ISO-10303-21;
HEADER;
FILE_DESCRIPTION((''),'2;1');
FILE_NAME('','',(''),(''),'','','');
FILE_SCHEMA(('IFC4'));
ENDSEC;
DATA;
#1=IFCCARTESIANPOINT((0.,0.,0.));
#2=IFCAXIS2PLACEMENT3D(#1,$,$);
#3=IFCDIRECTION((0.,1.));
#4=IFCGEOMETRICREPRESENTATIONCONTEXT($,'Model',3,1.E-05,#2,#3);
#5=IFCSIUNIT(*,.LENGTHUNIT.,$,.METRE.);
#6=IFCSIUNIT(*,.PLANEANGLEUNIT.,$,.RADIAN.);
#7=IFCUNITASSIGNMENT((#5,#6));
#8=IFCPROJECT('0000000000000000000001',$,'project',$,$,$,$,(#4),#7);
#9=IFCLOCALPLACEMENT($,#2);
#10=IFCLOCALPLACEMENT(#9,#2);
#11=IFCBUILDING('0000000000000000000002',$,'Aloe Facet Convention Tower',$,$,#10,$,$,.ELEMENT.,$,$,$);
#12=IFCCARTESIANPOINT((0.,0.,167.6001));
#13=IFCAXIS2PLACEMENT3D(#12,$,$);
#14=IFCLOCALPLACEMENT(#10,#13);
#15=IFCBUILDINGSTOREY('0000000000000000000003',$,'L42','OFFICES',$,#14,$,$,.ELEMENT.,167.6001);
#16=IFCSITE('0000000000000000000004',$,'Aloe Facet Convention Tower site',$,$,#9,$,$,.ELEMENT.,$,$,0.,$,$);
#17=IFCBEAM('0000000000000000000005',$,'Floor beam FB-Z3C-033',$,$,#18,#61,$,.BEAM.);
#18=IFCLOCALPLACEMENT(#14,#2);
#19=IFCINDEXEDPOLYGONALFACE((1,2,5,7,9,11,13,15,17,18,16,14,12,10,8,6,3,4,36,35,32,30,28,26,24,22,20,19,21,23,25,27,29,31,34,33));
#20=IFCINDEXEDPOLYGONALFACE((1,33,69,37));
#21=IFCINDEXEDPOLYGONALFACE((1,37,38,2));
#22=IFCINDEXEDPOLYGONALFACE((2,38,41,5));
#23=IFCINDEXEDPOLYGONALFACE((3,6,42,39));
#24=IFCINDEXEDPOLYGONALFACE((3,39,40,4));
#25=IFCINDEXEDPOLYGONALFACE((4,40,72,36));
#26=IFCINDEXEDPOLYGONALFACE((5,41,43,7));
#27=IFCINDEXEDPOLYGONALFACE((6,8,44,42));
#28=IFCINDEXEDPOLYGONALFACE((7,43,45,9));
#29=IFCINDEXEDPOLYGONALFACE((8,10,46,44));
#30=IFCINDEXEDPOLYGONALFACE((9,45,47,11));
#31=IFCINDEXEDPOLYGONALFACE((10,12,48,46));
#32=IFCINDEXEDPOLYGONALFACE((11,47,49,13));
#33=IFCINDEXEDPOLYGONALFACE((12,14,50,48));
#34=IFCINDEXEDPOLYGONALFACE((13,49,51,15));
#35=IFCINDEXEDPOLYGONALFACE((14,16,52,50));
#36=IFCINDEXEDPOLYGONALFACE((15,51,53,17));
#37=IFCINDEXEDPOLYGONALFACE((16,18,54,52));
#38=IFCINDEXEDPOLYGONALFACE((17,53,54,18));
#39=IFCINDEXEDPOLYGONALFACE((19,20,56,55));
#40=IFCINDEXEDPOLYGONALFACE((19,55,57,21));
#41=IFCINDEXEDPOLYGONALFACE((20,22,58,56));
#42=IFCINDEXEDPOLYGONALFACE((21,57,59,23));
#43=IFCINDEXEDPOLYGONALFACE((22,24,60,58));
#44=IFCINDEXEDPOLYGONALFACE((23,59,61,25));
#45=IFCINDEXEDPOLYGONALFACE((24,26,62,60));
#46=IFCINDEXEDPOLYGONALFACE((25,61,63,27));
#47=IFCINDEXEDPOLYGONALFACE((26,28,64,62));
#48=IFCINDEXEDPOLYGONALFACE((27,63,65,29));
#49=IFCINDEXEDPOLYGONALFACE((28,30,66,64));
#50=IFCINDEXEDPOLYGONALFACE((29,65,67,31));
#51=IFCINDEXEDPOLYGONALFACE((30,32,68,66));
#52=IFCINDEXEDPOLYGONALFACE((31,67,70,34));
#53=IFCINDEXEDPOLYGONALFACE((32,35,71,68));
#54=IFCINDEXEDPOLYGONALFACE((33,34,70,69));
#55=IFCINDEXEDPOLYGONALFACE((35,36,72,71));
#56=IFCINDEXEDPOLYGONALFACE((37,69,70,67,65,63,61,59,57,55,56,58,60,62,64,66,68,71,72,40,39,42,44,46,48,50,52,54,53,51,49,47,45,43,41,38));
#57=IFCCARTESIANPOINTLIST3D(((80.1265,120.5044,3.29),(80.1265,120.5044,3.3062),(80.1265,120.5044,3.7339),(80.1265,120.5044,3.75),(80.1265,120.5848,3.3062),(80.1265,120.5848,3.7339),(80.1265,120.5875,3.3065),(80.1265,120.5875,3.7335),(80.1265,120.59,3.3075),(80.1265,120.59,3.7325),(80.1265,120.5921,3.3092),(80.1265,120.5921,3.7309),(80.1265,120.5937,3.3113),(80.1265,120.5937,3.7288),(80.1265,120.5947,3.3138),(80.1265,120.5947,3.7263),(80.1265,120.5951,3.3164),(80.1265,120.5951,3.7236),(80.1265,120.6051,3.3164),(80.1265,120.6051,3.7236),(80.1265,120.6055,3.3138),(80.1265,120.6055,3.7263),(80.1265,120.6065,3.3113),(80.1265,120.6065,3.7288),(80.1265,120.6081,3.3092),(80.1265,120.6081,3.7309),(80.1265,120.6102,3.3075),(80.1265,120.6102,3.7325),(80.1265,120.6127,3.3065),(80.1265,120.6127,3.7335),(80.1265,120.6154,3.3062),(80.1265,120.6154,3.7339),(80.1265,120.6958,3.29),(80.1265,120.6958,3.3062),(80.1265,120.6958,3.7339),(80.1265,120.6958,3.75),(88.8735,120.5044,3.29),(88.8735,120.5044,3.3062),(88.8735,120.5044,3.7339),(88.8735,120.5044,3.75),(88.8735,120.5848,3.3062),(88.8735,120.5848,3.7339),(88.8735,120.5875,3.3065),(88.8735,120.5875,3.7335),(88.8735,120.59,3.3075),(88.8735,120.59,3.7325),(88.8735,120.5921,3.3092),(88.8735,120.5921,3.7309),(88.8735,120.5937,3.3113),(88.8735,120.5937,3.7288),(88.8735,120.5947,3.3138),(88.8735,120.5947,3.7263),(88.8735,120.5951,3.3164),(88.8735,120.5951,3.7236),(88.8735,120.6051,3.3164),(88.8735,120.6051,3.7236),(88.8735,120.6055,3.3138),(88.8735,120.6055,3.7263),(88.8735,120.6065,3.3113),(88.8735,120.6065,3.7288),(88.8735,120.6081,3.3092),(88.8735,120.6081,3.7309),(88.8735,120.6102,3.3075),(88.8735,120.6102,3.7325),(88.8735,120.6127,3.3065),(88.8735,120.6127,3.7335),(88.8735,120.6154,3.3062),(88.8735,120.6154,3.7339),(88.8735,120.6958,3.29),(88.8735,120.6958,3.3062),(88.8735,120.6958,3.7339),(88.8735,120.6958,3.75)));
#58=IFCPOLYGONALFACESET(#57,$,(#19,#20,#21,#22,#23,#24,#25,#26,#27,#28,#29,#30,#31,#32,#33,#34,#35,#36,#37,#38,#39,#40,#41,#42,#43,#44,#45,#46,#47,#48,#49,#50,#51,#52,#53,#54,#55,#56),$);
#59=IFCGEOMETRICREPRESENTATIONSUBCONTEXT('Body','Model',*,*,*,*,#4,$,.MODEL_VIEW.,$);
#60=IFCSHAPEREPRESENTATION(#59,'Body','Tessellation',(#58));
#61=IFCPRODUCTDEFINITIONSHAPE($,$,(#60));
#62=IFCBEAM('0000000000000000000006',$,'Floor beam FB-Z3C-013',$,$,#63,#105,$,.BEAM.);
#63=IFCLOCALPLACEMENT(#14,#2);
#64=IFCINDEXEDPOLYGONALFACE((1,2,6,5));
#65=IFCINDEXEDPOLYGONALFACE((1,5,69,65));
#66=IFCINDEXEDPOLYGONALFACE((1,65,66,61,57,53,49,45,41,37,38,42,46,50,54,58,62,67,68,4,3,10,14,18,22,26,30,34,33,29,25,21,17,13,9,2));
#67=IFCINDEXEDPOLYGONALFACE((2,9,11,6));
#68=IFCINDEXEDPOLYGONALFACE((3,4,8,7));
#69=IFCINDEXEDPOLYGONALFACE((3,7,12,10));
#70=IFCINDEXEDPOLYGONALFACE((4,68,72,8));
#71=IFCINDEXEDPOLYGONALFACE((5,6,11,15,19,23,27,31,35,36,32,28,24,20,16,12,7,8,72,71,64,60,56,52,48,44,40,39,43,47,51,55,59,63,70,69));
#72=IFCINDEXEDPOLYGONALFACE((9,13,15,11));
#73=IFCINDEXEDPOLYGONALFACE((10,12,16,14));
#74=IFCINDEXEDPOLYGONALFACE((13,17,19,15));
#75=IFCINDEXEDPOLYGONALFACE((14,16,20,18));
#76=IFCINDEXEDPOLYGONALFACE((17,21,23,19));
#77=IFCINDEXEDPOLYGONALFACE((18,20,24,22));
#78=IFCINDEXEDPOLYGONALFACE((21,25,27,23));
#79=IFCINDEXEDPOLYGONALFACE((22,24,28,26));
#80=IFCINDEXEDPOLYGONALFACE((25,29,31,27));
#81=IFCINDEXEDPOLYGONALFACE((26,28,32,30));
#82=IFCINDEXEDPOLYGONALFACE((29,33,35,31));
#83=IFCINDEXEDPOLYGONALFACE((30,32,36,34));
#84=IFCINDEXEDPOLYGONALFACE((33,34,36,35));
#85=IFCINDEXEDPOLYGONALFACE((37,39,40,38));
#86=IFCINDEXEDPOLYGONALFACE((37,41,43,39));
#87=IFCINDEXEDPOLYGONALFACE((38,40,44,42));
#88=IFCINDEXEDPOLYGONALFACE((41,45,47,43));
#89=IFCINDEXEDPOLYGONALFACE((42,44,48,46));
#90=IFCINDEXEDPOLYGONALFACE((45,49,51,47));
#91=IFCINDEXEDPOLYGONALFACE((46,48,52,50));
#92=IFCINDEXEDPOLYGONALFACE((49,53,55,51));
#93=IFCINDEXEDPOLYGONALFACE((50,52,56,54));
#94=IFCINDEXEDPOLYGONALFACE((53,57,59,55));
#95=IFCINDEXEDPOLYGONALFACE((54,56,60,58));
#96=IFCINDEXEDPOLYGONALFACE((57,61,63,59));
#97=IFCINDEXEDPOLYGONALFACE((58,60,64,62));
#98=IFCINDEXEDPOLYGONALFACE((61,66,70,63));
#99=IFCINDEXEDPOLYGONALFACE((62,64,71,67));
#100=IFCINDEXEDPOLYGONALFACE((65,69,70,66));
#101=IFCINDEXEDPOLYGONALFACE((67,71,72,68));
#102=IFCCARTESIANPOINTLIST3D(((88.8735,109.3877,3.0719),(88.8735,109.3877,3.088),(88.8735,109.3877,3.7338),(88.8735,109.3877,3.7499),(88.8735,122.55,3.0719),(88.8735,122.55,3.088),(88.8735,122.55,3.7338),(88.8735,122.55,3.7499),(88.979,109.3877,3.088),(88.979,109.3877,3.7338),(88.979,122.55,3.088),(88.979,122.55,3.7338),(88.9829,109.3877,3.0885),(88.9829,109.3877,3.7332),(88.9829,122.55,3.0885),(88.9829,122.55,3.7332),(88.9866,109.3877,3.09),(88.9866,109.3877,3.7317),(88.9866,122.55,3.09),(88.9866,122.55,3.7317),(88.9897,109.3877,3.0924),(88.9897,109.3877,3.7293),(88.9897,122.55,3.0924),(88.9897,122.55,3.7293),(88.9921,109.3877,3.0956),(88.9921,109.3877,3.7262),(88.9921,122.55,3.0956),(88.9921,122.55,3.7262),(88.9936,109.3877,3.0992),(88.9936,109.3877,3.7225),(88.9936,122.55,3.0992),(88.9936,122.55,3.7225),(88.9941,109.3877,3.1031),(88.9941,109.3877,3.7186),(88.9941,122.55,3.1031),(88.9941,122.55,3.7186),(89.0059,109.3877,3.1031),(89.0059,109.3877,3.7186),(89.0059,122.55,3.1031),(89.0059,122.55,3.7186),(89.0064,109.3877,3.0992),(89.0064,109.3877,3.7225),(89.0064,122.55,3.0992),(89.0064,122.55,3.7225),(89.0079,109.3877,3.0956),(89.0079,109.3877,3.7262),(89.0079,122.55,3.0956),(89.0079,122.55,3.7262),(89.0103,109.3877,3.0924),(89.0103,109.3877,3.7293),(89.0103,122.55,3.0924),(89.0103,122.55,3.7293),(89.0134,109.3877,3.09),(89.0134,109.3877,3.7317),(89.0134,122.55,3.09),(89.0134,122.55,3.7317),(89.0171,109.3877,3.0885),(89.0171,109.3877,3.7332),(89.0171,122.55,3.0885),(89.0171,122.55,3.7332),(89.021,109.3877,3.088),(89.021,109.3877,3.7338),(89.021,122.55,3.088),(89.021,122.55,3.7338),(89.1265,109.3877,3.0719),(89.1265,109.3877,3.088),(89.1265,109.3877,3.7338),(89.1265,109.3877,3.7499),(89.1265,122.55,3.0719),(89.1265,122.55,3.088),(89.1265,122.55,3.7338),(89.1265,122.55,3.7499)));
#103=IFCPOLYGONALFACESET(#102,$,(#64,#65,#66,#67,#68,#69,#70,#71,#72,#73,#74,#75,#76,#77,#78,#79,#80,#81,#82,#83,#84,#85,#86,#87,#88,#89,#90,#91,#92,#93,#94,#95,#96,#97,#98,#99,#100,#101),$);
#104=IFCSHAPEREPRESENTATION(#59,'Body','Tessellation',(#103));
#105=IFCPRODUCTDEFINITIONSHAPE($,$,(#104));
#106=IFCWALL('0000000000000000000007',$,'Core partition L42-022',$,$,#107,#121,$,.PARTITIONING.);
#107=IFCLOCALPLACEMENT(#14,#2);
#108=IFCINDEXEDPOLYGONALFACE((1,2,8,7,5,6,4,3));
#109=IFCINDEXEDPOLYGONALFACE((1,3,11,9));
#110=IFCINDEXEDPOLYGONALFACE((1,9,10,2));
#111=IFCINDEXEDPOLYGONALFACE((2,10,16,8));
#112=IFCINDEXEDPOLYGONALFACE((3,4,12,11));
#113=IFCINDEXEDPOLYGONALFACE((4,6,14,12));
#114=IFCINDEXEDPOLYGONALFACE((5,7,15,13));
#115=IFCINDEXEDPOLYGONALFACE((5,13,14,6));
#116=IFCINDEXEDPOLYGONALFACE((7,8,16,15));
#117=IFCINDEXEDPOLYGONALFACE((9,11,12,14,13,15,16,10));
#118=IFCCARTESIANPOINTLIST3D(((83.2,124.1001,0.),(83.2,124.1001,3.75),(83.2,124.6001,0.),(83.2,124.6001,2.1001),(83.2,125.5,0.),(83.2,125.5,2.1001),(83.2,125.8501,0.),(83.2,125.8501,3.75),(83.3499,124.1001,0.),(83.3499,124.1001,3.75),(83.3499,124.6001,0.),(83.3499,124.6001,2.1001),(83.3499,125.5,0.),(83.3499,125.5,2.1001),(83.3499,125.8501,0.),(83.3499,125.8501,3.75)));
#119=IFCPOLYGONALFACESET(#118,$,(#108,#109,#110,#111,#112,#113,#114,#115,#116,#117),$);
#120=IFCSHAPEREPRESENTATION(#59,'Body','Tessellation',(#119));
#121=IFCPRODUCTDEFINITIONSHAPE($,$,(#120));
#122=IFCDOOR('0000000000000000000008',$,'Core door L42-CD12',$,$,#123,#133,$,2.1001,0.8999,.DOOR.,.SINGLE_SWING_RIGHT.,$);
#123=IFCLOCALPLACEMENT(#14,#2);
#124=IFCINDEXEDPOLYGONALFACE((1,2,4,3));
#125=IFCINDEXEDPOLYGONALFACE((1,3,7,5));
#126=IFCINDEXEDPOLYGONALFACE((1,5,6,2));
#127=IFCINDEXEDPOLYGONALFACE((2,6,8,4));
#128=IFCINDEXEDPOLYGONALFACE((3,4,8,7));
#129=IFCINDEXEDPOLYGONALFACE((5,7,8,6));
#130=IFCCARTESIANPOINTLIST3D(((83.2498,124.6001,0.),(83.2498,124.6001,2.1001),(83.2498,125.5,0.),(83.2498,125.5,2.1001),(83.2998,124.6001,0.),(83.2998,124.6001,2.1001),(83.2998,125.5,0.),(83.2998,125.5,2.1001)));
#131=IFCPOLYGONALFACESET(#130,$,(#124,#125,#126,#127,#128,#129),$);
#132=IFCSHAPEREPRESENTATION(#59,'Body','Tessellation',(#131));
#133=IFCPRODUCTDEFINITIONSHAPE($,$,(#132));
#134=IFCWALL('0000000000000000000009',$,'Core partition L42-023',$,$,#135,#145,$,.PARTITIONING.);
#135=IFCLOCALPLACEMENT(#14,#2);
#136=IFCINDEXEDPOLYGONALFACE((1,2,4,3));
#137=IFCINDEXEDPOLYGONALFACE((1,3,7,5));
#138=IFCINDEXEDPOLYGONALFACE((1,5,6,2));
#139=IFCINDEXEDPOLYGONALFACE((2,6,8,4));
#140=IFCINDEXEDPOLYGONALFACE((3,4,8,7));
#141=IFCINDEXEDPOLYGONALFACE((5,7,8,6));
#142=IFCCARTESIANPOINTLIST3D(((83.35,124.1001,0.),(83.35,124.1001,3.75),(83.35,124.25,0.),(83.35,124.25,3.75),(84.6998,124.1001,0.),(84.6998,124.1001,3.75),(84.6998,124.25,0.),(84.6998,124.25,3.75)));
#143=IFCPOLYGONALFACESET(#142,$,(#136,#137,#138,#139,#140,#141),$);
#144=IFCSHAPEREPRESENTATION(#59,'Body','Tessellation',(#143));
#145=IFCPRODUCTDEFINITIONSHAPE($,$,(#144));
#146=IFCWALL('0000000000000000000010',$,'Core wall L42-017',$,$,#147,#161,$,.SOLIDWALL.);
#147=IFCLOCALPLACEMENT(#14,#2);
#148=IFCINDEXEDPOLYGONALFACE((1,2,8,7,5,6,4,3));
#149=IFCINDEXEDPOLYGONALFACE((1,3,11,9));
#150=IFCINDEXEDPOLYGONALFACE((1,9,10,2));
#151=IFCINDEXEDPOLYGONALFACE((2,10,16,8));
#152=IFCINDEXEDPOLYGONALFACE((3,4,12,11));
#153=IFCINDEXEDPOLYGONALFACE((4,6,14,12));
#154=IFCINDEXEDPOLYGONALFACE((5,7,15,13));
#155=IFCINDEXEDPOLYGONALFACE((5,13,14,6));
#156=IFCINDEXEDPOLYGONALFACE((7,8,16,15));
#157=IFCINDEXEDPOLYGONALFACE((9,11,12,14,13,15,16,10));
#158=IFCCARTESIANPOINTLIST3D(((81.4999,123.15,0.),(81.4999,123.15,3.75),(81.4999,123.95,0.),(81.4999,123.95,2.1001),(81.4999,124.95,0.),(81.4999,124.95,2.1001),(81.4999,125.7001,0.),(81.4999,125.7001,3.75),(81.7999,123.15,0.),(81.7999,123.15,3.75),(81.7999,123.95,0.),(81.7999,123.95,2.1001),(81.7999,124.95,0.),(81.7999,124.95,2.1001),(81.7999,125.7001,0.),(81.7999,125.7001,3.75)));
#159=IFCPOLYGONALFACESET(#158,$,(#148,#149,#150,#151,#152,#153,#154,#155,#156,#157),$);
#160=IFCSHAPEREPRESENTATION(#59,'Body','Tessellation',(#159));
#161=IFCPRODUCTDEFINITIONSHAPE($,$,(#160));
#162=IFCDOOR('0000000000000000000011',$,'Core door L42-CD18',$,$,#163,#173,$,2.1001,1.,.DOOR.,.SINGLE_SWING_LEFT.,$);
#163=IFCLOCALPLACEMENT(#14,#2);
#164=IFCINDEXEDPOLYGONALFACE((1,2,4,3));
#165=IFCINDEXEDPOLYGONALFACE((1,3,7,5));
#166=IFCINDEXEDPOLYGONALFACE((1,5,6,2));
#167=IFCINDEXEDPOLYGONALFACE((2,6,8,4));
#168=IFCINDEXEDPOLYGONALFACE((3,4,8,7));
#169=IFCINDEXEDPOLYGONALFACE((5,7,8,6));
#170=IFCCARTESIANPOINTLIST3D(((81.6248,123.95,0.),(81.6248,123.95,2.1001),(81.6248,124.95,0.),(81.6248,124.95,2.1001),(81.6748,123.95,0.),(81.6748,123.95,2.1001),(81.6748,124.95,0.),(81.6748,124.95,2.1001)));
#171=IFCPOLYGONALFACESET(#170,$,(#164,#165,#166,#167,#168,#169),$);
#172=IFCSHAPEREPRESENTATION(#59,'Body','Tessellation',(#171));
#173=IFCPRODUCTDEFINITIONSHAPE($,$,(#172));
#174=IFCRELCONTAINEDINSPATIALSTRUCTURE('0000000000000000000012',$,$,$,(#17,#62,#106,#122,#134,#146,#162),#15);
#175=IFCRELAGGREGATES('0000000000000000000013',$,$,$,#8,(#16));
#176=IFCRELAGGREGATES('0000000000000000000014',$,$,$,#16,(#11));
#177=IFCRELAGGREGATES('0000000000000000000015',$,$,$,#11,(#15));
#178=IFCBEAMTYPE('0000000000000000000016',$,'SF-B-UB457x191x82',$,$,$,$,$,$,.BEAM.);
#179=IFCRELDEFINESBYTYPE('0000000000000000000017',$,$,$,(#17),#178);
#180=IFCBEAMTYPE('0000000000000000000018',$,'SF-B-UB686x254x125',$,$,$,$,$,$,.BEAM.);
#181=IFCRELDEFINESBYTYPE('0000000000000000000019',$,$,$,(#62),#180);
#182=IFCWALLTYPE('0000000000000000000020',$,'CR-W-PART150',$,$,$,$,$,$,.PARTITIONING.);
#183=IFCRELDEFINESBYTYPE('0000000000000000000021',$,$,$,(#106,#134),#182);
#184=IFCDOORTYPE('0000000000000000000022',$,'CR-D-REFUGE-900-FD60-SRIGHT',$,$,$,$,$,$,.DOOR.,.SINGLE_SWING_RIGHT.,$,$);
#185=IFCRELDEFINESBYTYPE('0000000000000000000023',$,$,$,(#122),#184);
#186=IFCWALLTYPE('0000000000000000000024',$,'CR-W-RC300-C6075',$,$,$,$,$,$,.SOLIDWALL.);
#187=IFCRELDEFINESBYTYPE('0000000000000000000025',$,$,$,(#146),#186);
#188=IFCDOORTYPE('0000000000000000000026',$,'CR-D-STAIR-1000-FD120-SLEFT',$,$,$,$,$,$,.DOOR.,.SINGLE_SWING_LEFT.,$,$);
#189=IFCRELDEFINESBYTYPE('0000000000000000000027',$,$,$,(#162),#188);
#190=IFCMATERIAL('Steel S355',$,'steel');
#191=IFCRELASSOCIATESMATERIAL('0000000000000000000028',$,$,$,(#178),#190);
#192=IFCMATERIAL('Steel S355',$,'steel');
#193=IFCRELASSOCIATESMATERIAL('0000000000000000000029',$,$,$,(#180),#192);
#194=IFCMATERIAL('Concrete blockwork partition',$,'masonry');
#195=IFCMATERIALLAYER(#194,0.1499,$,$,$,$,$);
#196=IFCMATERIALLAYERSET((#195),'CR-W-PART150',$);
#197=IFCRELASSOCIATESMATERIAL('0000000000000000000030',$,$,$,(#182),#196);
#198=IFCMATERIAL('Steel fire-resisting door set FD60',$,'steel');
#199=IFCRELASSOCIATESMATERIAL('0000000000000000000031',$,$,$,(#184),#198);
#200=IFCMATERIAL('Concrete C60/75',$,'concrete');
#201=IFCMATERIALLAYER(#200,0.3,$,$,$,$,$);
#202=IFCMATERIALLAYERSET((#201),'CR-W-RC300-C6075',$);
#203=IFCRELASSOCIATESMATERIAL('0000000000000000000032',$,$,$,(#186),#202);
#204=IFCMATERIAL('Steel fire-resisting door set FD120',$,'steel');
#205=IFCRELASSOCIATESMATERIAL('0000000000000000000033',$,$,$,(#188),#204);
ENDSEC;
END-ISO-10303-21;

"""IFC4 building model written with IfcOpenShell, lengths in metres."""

from ifc_helpers import new_model, si_unit, direction, frame, frame_2d, origin, origin_2d, place, context, subcontext, project, spatial, rectangle, i_section, extrude, material, layer, layer_set, material_profile, profile_set, type_object, element, fill, save


model = new_model("IFC4")

# Units and contexts
model_context = context("Model", 3, precision=1e-05, world=origin(), true_north=direction((0.0, 1.0)))
body_context = subcontext(model_context, "Body", "Model", "MODEL_VIEW")
ifc_project = project(units=[si_unit("LENGTHUNIT", "METRE"), si_unit("PLANEANGLEUNIT", "RADIAN")], contexts=[model_context])

# Site, building, storey
site_placement = place(None, origin())
site = spatial("IfcSite", under=ifc_project, at=site_placement, Name="Aloe Facet Convention Tower site", CompositionType="ELEMENT", RefElevation=0.0)
building_placement = place(site_placement, origin())
building = spatial("IfcBuilding", under=site, at=building_placement, Name="Aloe Facet Convention Tower", CompositionType="ELEMENT")
storey_placement = place(building_placement, frame((0.0, 0.0, 167.6001)))
storey = spatial("IfcBuildingStorey", under=building, at=storey_placement, Name="L42", Description="OFFICES", CompositionType="ELEMENT", Elevation=167.6001)

# Beams
ifc_material_1 = material(Name="Steel S355", Category="steel")
ifc_material_profile_1 = material_profile(ifc_material_1, i_section(OverallWidth=0.1914, OverallDepth=0.46, WebThickness=0.01, FlangeThickness=0.0161, FilletRadius=0.0103, at=origin_2d()), Name="UB 457x191x82")
ifc_profile_set_1 = profile_set([ifc_material_profile_1], Name="Steel S355")
beam_type_1 = type_object("IfcBeamType", Name="SF-B-UB457x191x82", PredefinedType="BEAM", material=ifc_profile_set_1)
beam_1_placement = place(storey_placement, frame((80.1265, 120.6001, 3.52), z_axis=(1.0, 0.0, 0.0), x_axis=(0.0, 1.0, 0.0)))
element("IfcBeam", 1, at=beam_1_placement, inside=storey, type_object=beam_type_1, Name="Floor beam FB-Z3C-033", PredefinedType="BEAM", context=body_context, shape_type="SweptSolid", body=[
    extrude(i_section(OverallWidth=0.1914, OverallDepth=0.46, WebThickness=0.01, FlangeThickness=0.0161, FilletRadius=0.0103, at=origin_2d()), origin(), (0.0, 0.0, 1.0), 8.7471),
])
ifc_material_2 = material(Name="Steel S355", Category="steel")
ifc_material_profile_2 = material_profile(ifc_material_2, i_section(OverallWidth=0.2529, OverallDepth=0.678, WebThickness=0.0117, FlangeThickness=0.0161, FilletRadius=0.0151, at=origin_2d()), Name="UB 686x254x125")
ifc_profile_set_2 = profile_set([ifc_material_profile_2], Name="Steel S355")
beam_type_2 = type_object("IfcBeamType", Name="SF-B-UB686x254x125", PredefinedType="BEAM", material=ifc_profile_set_2)
beam_2_placement = place(storey_placement, frame((89.0, 122.55, 3.4109), z_axis=(0.0, -1.0, 0.0), x_axis=(1.0, 0.0, 0.0)))
element("IfcBeam", 2, at=beam_2_placement, inside=storey, type_object=beam_type_2, Name="Floor beam FB-Z3C-013", PredefinedType="BEAM", context=body_context, shape_type="SweptSolid", body=[
    extrude(i_section(OverallWidth=0.2529, OverallDepth=0.678, WebThickness=0.0117, FlangeThickness=0.0161, FilletRadius=0.0151, at=origin_2d()), origin(), (0.0, 0.0, 1.0), 13.1624),
])

# Wall, opening, door
ifc_material_3 = material(Name="Concrete blockwork partition", Category="masonry")
ifc_layer_1 = layer(ifc_material_3, 0.1499)
ifc_layer_set_1 = layer_set([ifc_layer_1], Name="CR-W-PART150")
wall_type_1 = type_object("IfcWallType", Name="CR-W-PART150", PredefinedType="PARTITIONING", material=ifc_layer_set_1)
wall_1_placement = place(storey_placement, frame((83.2749, 125.8501, 0.0), z_axis=(0.0, 0.0, 1.0), x_axis=(0.0, -1.0, 0.0)))
wall_1 = element("IfcWall", 3, at=wall_1_placement, inside=storey, type_object=wall_type_1, Name="Core partition L42-022", PredefinedType="PARTITIONING", context=body_context, shape_type="SweptSolid", body=[
    extrude(rectangle(XDim=1.75, YDim=0.1499, at=frame_2d((0.875, 0.0))), origin(), (0.0, 0.0, 1.0), 3.75),
])
opening_1_placement = place(wall_1_placement, frame((0.3501, 0.0, 0.0)))
opening_1 = element("IfcOpeningElement", 4, at=opening_1_placement, cuts=wall_1, PredefinedType="OPENING", context=body_context, shape_type="SweptSolid", body=[
    extrude(rectangle(XDim=0.8999, YDim=2.1001, at=frame_2d((0.45, 1.05))), frame((0.0, 0.085, 0.0), z_axis=(0.0, -1.0, 0.0), x_axis=(1.0, 0.0, 0.0)), (0.0, 0.0, 1.0), 0.1699),
])
ifc_material_4 = material(Name="Steel fire-resisting door set FD60", Category="steel")
door_type_1 = type_object("IfcDoorType", Name="CR-D-REFUGE-900-FD60-SRIGHT", OperationType="SINGLE_SWING_RIGHT", PredefinedType="DOOR", material=ifc_material_4)
door_1_placement = place(opening_1_placement, origin())
door_1 = element("IfcDoor", 5, at=door_1_placement, inside=storey, type_object=door_type_1, Name="Core door L42-CD12", OperationType="SINGLE_SWING_RIGHT", OverallHeight=2.1001, OverallWidth=0.8999, PredefinedType="DOOR", context=body_context, shape_type="SweptSolid", body=[
    extrude(rectangle(XDim=0.8999, YDim=2.1001, at=frame_2d((0.45, 1.05))), frame((0.0, 0.0249, 0.0), z_axis=(0.0, -1.0, 0.0), x_axis=(1.0, 0.0, 0.0)), (0.0, 0.0, 1.0), 0.05),
])
fill(opening_1, door_1)

# Wall
wall_2_placement = place(storey_placement, frame((83.3501, 124.175, 0.0), z_axis=(0.0, 0.0, 1.0), x_axis=(1.0, 0.0, 0.0)))
element("IfcWall", 6, at=wall_2_placement, inside=storey, type_object=wall_type_1, Name="Core partition L42-023", PredefinedType="PARTITIONING", context=body_context, shape_type="SweptSolid", body=[
    extrude(rectangle(XDim=1.3499, YDim=0.1499, at=frame_2d((0.6748, 0.0))), origin(), (0.0, 0.0, 1.0), 3.75),
])

# Wall, opening, door
ifc_material_5 = material(Name="Concrete C60/75", Category="concrete")
ifc_layer_2 = layer(ifc_material_5, 0.3)
ifc_layer_set_2 = layer_set([ifc_layer_2], Name="CR-W-RC300-C6075")
wall_type_2 = type_object("IfcWallType", Name="CR-W-RC300-C6075", PredefinedType="SOLIDWALL", material=ifc_layer_set_2)
wall_3_placement = place(storey_placement, frame((81.6499, 125.7, 0.0), z_axis=(0.0, 0.0, 1.0), x_axis=(0.0, -1.0, 0.0)))
wall_3 = element("IfcWall", 7, at=wall_3_placement, inside=storey, type_object=wall_type_2, Name="Core wall L42-017", PredefinedType="SOLIDWALL", context=body_context, shape_type="SweptSolid", body=[
    extrude(rectangle(XDim=2.55, YDim=0.3, at=frame_2d((1.2749, 0.0))), origin(), (0.0, 0.0, 1.0), 3.75),
])
opening_2_placement = place(wall_3_placement, frame((0.75, 0.0, 0.0)))
opening_2 = element("IfcOpeningElement", 8, at=opening_2_placement, cuts=wall_3, PredefinedType="OPENING", context=body_context, shape_type="SweptSolid", body=[
    extrude(rectangle(XDim=1.0, YDim=2.1001, at=frame_2d((0.5, 1.05))), frame((0.0, 0.1602, 0.0), z_axis=(0.0, -1.0, 0.0), x_axis=(1.0, 0.0, 0.0)), (0.0, 0.0, 1.0), 0.3201),
])
ifc_material_6 = material(Name="Steel fire-resisting door set FD120", Category="steel")
door_type_2 = type_object("IfcDoorType", Name="CR-D-STAIR-1000-FD120-SLEFT", OperationType="SINGLE_SWING_LEFT", PredefinedType="DOOR", material=ifc_material_6)
door_2_placement = place(opening_2_placement, origin())
door_2 = element("IfcDoor", 9, at=door_2_placement, inside=storey, type_object=door_type_2, Name="Core door L42-CD18", OperationType="SINGLE_SWING_LEFT", OverallHeight=2.1001, OverallWidth=1.0, PredefinedType="DOOR", context=body_context, shape_type="SweptSolid", body=[
    extrude(rectangle(XDim=1.0, YDim=2.1001, at=frame_2d((0.5, 1.05))), frame((0.0, 0.0249, 0.0), z_axis=(0.0, -1.0, 0.0), x_axis=(1.0, 0.0, 0.0)), (0.0, 0.0, 1.0), 0.05),
])
fill(opening_2, door_2)

save(model, "model.ifc")
